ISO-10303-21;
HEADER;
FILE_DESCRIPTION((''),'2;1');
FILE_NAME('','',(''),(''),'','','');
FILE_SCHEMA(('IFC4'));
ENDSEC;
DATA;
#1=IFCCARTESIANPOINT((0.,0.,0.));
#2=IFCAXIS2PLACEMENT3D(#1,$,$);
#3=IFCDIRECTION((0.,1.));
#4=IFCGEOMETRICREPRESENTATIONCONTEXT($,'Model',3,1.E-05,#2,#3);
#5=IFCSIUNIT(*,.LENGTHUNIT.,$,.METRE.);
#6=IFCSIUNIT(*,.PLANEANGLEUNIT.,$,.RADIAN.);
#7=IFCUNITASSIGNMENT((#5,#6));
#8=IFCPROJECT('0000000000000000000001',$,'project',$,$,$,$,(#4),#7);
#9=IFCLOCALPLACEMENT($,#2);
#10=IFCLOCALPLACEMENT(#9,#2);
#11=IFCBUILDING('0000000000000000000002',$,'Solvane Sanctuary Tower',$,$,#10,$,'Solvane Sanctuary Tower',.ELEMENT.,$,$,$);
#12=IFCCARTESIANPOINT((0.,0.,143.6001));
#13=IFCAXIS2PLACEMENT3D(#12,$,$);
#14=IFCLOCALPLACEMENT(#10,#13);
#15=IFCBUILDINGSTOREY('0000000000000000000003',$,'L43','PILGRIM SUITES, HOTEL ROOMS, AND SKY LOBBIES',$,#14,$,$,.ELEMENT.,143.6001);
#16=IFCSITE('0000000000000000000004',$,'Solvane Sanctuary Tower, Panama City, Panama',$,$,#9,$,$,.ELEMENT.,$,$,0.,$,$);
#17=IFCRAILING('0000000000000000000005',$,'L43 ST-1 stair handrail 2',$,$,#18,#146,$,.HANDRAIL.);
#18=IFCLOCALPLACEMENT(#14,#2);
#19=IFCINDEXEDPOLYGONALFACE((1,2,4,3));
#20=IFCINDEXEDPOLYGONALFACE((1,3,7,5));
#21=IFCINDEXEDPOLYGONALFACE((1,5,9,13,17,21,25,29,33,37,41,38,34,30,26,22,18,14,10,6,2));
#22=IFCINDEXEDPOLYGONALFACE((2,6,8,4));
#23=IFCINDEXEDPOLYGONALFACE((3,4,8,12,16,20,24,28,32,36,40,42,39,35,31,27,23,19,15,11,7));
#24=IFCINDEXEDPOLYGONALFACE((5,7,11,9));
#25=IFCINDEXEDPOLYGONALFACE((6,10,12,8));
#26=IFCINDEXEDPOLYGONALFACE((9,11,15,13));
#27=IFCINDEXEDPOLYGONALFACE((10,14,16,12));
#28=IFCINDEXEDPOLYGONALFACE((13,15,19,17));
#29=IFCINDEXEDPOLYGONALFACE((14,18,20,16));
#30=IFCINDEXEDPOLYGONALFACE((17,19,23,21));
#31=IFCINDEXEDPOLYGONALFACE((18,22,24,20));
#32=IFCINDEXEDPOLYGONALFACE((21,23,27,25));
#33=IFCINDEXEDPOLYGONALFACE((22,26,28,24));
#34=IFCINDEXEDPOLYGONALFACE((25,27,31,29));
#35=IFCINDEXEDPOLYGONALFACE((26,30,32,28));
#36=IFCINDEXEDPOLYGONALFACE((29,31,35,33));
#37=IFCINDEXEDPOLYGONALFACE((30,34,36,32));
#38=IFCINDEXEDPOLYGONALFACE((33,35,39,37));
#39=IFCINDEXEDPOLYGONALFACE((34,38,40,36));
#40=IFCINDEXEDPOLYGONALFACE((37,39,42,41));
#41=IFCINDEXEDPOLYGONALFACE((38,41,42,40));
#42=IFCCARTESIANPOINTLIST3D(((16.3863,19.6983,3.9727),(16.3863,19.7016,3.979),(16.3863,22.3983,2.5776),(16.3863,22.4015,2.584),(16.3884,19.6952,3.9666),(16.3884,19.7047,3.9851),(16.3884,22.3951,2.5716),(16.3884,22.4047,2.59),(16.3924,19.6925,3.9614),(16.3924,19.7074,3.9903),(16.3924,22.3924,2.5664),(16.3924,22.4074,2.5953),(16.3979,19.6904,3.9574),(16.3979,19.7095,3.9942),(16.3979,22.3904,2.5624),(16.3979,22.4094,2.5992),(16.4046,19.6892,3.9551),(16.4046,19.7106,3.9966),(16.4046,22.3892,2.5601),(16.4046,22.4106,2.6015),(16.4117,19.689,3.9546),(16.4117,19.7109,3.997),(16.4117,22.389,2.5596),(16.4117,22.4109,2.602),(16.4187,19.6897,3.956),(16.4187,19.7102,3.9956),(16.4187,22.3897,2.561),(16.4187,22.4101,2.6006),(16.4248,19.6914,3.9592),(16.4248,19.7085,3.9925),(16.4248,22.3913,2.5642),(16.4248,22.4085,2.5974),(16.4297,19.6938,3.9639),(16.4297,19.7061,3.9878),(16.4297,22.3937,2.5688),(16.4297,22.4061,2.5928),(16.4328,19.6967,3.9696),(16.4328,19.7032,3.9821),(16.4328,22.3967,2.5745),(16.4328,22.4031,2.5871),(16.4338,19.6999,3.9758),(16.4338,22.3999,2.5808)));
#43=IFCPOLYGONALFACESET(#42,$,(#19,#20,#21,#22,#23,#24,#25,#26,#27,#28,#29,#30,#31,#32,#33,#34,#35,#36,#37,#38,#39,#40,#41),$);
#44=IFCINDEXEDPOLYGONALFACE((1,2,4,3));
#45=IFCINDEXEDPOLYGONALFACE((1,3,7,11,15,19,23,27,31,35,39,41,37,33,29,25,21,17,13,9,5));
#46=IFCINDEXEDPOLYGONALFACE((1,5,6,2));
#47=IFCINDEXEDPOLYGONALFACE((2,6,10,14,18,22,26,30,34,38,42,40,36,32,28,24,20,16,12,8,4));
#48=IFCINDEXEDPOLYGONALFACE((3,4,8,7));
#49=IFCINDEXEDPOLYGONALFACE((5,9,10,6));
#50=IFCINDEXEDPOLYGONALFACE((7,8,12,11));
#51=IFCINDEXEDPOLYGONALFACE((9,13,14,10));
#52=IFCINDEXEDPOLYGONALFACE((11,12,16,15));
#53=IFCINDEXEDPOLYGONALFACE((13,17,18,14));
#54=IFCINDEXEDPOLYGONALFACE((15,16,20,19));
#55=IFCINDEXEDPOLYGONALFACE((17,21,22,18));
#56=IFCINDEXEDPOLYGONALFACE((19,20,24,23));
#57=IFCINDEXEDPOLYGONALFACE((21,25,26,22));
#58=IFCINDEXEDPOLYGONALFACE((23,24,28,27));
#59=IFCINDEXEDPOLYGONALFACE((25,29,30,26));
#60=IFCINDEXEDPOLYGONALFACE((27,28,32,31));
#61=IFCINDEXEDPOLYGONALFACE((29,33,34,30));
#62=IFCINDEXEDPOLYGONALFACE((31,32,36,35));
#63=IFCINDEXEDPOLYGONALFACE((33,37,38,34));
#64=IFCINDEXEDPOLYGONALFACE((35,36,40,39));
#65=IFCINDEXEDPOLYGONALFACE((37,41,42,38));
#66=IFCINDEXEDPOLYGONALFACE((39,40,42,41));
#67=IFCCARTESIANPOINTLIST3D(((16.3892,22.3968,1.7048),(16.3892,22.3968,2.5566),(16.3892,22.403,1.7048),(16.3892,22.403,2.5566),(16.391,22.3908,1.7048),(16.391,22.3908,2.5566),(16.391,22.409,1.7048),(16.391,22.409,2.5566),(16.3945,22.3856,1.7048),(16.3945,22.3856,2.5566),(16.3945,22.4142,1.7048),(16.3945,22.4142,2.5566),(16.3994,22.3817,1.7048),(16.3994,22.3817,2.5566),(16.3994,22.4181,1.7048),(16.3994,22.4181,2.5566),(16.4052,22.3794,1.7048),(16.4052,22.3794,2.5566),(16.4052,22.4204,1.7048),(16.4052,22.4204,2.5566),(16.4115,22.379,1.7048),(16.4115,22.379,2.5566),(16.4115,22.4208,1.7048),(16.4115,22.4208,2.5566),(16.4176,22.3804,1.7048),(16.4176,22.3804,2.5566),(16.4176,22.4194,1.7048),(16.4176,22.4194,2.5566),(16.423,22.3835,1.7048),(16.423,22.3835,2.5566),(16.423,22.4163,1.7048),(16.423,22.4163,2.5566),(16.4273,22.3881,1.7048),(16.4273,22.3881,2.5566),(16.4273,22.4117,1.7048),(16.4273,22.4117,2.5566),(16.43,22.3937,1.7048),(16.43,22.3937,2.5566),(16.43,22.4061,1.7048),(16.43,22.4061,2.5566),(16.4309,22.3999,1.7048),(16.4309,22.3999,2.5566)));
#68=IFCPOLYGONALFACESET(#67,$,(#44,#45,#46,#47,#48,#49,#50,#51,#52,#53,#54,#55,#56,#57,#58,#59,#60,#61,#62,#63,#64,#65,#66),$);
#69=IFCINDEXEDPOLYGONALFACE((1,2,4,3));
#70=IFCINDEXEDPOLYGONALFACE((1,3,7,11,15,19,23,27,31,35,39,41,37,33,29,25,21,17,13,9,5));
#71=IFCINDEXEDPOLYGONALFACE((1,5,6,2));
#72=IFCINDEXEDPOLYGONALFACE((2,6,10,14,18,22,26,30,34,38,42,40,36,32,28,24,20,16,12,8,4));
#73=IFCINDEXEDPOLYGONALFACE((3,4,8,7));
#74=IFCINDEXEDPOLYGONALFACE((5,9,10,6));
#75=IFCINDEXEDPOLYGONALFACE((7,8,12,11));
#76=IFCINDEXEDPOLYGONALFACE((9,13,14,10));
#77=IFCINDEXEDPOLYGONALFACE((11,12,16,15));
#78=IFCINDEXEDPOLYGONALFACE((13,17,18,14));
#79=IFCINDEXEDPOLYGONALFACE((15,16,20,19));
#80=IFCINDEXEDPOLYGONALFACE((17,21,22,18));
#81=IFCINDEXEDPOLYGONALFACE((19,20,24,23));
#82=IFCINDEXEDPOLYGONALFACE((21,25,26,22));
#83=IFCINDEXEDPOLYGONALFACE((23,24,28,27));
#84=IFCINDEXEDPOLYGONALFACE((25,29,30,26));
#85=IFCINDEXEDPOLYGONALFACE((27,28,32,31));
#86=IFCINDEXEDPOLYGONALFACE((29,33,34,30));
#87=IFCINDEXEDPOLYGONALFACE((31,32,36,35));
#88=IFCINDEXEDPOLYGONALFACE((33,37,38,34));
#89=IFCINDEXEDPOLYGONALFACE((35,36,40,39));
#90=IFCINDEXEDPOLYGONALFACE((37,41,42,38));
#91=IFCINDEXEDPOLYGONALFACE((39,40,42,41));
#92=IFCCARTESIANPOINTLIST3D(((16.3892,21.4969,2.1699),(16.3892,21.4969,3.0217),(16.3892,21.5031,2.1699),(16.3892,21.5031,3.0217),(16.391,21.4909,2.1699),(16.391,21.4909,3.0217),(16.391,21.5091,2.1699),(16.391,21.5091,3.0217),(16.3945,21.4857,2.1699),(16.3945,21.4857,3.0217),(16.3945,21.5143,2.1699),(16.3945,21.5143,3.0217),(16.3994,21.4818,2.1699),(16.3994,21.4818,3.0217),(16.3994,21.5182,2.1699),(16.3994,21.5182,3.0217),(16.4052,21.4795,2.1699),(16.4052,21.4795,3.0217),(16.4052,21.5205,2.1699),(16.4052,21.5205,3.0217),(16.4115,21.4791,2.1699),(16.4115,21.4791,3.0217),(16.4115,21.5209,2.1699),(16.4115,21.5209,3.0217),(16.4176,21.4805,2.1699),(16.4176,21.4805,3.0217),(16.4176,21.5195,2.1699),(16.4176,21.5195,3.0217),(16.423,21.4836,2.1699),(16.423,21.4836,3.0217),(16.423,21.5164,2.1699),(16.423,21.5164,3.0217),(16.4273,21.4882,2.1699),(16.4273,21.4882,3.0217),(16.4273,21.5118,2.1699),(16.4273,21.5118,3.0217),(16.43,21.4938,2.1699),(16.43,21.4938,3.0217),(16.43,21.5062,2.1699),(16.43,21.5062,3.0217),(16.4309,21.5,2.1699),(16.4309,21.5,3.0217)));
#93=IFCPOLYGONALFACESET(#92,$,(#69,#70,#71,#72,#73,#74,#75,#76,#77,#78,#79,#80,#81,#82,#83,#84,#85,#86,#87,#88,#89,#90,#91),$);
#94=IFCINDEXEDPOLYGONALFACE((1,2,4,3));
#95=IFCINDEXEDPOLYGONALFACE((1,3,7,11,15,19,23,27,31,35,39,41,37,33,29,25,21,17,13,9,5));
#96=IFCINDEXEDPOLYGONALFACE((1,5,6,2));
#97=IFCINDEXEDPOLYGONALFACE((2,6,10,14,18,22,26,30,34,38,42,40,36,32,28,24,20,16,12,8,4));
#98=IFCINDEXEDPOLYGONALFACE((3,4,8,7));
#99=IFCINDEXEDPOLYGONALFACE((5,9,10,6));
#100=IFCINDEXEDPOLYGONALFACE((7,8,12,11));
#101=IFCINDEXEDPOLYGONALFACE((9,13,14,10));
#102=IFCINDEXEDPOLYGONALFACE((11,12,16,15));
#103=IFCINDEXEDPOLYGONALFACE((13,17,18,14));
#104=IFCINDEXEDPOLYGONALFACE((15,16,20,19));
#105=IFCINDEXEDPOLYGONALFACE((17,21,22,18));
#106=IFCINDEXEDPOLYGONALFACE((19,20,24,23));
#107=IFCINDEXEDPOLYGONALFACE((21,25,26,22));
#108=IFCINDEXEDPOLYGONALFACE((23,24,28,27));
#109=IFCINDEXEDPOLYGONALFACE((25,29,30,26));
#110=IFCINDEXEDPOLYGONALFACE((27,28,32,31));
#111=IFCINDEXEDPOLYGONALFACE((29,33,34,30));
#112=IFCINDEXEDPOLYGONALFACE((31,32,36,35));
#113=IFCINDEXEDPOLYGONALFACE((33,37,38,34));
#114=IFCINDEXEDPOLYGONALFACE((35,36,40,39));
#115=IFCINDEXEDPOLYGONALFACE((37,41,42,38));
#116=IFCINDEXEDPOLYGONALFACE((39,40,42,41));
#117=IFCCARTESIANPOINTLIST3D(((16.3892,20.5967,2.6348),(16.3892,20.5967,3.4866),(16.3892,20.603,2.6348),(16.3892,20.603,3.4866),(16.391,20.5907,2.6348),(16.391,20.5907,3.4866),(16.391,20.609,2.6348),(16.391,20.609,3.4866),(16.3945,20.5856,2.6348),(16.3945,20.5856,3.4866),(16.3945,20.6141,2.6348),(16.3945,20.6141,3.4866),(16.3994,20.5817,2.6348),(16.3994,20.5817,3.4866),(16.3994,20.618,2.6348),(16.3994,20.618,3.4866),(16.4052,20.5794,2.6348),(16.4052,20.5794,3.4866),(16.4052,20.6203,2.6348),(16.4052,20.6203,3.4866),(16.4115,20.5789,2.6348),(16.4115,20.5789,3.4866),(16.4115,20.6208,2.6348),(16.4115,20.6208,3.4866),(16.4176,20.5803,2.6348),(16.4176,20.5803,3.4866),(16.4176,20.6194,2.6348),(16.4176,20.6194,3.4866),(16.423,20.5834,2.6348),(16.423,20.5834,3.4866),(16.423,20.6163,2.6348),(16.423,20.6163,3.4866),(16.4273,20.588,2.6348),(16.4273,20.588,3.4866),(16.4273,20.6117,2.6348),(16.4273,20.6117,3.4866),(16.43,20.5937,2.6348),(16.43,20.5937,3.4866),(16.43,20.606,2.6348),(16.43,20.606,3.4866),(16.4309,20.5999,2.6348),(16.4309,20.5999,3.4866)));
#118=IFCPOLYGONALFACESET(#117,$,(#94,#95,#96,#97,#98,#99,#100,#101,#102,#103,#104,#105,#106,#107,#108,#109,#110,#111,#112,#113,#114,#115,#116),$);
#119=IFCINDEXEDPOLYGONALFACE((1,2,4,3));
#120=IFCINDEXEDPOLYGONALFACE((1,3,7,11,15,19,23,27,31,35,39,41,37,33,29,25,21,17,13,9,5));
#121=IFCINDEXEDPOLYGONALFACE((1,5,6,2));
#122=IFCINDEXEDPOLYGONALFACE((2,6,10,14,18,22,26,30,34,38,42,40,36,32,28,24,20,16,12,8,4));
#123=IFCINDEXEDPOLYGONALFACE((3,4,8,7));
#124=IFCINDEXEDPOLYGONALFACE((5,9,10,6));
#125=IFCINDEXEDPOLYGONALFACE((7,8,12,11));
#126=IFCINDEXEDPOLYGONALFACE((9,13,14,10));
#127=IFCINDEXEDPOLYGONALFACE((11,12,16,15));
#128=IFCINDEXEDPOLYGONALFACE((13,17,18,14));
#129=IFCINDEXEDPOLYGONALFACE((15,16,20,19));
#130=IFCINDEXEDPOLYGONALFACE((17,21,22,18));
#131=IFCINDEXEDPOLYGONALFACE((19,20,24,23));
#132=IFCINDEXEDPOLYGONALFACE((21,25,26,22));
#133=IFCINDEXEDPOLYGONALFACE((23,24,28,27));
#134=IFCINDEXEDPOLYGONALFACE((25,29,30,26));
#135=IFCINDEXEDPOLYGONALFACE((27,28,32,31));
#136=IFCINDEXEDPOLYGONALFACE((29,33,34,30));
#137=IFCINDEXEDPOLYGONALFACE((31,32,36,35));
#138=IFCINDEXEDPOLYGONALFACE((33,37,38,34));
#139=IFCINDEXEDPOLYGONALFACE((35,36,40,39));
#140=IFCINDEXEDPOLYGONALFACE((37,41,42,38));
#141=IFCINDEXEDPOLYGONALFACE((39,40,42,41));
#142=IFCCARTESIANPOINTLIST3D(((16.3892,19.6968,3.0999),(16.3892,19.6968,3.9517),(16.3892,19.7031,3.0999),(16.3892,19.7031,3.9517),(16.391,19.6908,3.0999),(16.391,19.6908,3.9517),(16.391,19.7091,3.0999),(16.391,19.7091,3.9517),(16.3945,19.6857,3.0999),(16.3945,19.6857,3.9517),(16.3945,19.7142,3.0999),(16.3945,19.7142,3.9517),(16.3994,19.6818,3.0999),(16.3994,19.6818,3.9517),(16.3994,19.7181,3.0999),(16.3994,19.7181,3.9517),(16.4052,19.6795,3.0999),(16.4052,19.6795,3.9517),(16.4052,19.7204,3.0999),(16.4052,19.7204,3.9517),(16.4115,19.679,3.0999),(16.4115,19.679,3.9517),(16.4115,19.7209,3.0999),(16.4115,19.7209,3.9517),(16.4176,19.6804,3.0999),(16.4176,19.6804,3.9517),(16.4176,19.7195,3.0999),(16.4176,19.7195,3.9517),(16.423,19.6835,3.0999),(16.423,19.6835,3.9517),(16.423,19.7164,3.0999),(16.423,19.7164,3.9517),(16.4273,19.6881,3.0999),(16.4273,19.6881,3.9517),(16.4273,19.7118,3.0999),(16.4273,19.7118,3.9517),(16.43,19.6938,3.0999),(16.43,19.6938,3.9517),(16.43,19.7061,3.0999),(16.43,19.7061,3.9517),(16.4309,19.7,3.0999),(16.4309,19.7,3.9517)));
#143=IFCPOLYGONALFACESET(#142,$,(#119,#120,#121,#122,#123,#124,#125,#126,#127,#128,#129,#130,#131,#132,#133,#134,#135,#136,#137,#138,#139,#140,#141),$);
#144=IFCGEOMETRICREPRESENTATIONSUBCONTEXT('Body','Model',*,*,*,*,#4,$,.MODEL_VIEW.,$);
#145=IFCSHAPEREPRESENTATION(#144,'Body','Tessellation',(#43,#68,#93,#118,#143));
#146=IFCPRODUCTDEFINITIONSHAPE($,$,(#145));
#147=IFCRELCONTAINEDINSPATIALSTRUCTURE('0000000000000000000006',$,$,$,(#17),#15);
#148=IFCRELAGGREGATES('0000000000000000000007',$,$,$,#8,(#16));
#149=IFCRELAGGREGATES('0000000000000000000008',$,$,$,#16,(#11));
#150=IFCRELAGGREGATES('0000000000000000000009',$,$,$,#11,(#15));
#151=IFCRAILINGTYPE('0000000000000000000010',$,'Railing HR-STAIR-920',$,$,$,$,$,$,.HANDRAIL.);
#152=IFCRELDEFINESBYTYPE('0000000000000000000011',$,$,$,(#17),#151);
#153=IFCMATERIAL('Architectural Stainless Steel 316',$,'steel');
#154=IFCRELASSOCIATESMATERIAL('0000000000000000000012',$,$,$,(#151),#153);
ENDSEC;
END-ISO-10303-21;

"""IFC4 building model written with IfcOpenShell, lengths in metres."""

from ifc_helpers import new_model, si_unit, direction, frame, origin, origin_2d, place, context, subcontext, project, spatial, circle, extrude, material, type_object, element, save


model = new_model("IFC4")

# Units and contexts
model_context = context("Model", 3, precision=1e-05, world=origin(), true_north=direction((0.0, 1.0)))
body_context = subcontext(model_context, "Body", "Model", "MODEL_VIEW")
ifc_project = project(units=[si_unit("LENGTHUNIT", "METRE"), si_unit("PLANEANGLEUNIT", "RADIAN")], contexts=[model_context])

# Site, building, storey
site_placement = place(None, origin())
site = spatial("IfcSite", under=ifc_project, at=site_placement, Name="Solvane Sanctuary Tower, Panama City, Panama", CompositionType="ELEMENT", RefElevation=0.0)
building_placement = place(site_placement, origin())
building = spatial("IfcBuilding", under=site, at=building_placement, Name="Solvane Sanctuary Tower", LongName="Solvane Sanctuary Tower", CompositionType="ELEMENT")
storey_placement = place(building_placement, frame((0.0, 0.0, 143.6001)))
storey = spatial("IfcBuildingStorey", under=building, at=storey_placement, Name="L43", Description="PILGRIM SUITES, HOTEL ROOMS, AND SKY LOBBIES", CompositionType="ELEMENT", Elevation=143.6001)

# Railing
ifc_material_1 = material(Name="Architectural Stainless Steel 316", Category="steel")
railing_type_1 = type_object("IfcRailingType", Name="Railing HR-STAIR-920", PredefinedType="HANDRAIL", material=ifc_material_1)
railing_1_placement = place(storey_placement, frame((16.4099, 22.3999, 1.7048)))
element("IfcRailing", 1, at=railing_1_placement, inside=storey, type_object=railing_type_1, Name="L43 ST-1 stair handrail 2", PredefinedType="HANDRAIL", context=body_context, shape_type="SweptSolid", body=[
    extrude(circle(Radius=0.0239, at=origin_2d()), frame((0.0, 0.0, 0.876), z_axis=(0.0, -0.88842, 0.459032), x_axis=(1.0, 0.0, 0.0)), (0.0, 0.0, 1.0), 3.0391),
    extrude(circle(Radius=0.021, at=origin_2d()), origin(), (0.0, 0.0, 1.0), 0.8518),
    extrude(circle(Radius=0.021, at=origin_2d()), frame((0.0, -0.8999, 0.4651)), (0.0, 0.0, 1.0), 0.8518),
    extrude(circle(Radius=0.021, at=origin_2d()), frame((0.0, -1.8, 0.9299)), (0.0, 0.0, 1.0), 0.8518),
    extrude(circle(Radius=0.021, at=origin_2d()), frame((0.0, -2.7, 1.395)), (0.0, 0.0, 1.0), 0.8518),
])

save(model, "model.ifc")
